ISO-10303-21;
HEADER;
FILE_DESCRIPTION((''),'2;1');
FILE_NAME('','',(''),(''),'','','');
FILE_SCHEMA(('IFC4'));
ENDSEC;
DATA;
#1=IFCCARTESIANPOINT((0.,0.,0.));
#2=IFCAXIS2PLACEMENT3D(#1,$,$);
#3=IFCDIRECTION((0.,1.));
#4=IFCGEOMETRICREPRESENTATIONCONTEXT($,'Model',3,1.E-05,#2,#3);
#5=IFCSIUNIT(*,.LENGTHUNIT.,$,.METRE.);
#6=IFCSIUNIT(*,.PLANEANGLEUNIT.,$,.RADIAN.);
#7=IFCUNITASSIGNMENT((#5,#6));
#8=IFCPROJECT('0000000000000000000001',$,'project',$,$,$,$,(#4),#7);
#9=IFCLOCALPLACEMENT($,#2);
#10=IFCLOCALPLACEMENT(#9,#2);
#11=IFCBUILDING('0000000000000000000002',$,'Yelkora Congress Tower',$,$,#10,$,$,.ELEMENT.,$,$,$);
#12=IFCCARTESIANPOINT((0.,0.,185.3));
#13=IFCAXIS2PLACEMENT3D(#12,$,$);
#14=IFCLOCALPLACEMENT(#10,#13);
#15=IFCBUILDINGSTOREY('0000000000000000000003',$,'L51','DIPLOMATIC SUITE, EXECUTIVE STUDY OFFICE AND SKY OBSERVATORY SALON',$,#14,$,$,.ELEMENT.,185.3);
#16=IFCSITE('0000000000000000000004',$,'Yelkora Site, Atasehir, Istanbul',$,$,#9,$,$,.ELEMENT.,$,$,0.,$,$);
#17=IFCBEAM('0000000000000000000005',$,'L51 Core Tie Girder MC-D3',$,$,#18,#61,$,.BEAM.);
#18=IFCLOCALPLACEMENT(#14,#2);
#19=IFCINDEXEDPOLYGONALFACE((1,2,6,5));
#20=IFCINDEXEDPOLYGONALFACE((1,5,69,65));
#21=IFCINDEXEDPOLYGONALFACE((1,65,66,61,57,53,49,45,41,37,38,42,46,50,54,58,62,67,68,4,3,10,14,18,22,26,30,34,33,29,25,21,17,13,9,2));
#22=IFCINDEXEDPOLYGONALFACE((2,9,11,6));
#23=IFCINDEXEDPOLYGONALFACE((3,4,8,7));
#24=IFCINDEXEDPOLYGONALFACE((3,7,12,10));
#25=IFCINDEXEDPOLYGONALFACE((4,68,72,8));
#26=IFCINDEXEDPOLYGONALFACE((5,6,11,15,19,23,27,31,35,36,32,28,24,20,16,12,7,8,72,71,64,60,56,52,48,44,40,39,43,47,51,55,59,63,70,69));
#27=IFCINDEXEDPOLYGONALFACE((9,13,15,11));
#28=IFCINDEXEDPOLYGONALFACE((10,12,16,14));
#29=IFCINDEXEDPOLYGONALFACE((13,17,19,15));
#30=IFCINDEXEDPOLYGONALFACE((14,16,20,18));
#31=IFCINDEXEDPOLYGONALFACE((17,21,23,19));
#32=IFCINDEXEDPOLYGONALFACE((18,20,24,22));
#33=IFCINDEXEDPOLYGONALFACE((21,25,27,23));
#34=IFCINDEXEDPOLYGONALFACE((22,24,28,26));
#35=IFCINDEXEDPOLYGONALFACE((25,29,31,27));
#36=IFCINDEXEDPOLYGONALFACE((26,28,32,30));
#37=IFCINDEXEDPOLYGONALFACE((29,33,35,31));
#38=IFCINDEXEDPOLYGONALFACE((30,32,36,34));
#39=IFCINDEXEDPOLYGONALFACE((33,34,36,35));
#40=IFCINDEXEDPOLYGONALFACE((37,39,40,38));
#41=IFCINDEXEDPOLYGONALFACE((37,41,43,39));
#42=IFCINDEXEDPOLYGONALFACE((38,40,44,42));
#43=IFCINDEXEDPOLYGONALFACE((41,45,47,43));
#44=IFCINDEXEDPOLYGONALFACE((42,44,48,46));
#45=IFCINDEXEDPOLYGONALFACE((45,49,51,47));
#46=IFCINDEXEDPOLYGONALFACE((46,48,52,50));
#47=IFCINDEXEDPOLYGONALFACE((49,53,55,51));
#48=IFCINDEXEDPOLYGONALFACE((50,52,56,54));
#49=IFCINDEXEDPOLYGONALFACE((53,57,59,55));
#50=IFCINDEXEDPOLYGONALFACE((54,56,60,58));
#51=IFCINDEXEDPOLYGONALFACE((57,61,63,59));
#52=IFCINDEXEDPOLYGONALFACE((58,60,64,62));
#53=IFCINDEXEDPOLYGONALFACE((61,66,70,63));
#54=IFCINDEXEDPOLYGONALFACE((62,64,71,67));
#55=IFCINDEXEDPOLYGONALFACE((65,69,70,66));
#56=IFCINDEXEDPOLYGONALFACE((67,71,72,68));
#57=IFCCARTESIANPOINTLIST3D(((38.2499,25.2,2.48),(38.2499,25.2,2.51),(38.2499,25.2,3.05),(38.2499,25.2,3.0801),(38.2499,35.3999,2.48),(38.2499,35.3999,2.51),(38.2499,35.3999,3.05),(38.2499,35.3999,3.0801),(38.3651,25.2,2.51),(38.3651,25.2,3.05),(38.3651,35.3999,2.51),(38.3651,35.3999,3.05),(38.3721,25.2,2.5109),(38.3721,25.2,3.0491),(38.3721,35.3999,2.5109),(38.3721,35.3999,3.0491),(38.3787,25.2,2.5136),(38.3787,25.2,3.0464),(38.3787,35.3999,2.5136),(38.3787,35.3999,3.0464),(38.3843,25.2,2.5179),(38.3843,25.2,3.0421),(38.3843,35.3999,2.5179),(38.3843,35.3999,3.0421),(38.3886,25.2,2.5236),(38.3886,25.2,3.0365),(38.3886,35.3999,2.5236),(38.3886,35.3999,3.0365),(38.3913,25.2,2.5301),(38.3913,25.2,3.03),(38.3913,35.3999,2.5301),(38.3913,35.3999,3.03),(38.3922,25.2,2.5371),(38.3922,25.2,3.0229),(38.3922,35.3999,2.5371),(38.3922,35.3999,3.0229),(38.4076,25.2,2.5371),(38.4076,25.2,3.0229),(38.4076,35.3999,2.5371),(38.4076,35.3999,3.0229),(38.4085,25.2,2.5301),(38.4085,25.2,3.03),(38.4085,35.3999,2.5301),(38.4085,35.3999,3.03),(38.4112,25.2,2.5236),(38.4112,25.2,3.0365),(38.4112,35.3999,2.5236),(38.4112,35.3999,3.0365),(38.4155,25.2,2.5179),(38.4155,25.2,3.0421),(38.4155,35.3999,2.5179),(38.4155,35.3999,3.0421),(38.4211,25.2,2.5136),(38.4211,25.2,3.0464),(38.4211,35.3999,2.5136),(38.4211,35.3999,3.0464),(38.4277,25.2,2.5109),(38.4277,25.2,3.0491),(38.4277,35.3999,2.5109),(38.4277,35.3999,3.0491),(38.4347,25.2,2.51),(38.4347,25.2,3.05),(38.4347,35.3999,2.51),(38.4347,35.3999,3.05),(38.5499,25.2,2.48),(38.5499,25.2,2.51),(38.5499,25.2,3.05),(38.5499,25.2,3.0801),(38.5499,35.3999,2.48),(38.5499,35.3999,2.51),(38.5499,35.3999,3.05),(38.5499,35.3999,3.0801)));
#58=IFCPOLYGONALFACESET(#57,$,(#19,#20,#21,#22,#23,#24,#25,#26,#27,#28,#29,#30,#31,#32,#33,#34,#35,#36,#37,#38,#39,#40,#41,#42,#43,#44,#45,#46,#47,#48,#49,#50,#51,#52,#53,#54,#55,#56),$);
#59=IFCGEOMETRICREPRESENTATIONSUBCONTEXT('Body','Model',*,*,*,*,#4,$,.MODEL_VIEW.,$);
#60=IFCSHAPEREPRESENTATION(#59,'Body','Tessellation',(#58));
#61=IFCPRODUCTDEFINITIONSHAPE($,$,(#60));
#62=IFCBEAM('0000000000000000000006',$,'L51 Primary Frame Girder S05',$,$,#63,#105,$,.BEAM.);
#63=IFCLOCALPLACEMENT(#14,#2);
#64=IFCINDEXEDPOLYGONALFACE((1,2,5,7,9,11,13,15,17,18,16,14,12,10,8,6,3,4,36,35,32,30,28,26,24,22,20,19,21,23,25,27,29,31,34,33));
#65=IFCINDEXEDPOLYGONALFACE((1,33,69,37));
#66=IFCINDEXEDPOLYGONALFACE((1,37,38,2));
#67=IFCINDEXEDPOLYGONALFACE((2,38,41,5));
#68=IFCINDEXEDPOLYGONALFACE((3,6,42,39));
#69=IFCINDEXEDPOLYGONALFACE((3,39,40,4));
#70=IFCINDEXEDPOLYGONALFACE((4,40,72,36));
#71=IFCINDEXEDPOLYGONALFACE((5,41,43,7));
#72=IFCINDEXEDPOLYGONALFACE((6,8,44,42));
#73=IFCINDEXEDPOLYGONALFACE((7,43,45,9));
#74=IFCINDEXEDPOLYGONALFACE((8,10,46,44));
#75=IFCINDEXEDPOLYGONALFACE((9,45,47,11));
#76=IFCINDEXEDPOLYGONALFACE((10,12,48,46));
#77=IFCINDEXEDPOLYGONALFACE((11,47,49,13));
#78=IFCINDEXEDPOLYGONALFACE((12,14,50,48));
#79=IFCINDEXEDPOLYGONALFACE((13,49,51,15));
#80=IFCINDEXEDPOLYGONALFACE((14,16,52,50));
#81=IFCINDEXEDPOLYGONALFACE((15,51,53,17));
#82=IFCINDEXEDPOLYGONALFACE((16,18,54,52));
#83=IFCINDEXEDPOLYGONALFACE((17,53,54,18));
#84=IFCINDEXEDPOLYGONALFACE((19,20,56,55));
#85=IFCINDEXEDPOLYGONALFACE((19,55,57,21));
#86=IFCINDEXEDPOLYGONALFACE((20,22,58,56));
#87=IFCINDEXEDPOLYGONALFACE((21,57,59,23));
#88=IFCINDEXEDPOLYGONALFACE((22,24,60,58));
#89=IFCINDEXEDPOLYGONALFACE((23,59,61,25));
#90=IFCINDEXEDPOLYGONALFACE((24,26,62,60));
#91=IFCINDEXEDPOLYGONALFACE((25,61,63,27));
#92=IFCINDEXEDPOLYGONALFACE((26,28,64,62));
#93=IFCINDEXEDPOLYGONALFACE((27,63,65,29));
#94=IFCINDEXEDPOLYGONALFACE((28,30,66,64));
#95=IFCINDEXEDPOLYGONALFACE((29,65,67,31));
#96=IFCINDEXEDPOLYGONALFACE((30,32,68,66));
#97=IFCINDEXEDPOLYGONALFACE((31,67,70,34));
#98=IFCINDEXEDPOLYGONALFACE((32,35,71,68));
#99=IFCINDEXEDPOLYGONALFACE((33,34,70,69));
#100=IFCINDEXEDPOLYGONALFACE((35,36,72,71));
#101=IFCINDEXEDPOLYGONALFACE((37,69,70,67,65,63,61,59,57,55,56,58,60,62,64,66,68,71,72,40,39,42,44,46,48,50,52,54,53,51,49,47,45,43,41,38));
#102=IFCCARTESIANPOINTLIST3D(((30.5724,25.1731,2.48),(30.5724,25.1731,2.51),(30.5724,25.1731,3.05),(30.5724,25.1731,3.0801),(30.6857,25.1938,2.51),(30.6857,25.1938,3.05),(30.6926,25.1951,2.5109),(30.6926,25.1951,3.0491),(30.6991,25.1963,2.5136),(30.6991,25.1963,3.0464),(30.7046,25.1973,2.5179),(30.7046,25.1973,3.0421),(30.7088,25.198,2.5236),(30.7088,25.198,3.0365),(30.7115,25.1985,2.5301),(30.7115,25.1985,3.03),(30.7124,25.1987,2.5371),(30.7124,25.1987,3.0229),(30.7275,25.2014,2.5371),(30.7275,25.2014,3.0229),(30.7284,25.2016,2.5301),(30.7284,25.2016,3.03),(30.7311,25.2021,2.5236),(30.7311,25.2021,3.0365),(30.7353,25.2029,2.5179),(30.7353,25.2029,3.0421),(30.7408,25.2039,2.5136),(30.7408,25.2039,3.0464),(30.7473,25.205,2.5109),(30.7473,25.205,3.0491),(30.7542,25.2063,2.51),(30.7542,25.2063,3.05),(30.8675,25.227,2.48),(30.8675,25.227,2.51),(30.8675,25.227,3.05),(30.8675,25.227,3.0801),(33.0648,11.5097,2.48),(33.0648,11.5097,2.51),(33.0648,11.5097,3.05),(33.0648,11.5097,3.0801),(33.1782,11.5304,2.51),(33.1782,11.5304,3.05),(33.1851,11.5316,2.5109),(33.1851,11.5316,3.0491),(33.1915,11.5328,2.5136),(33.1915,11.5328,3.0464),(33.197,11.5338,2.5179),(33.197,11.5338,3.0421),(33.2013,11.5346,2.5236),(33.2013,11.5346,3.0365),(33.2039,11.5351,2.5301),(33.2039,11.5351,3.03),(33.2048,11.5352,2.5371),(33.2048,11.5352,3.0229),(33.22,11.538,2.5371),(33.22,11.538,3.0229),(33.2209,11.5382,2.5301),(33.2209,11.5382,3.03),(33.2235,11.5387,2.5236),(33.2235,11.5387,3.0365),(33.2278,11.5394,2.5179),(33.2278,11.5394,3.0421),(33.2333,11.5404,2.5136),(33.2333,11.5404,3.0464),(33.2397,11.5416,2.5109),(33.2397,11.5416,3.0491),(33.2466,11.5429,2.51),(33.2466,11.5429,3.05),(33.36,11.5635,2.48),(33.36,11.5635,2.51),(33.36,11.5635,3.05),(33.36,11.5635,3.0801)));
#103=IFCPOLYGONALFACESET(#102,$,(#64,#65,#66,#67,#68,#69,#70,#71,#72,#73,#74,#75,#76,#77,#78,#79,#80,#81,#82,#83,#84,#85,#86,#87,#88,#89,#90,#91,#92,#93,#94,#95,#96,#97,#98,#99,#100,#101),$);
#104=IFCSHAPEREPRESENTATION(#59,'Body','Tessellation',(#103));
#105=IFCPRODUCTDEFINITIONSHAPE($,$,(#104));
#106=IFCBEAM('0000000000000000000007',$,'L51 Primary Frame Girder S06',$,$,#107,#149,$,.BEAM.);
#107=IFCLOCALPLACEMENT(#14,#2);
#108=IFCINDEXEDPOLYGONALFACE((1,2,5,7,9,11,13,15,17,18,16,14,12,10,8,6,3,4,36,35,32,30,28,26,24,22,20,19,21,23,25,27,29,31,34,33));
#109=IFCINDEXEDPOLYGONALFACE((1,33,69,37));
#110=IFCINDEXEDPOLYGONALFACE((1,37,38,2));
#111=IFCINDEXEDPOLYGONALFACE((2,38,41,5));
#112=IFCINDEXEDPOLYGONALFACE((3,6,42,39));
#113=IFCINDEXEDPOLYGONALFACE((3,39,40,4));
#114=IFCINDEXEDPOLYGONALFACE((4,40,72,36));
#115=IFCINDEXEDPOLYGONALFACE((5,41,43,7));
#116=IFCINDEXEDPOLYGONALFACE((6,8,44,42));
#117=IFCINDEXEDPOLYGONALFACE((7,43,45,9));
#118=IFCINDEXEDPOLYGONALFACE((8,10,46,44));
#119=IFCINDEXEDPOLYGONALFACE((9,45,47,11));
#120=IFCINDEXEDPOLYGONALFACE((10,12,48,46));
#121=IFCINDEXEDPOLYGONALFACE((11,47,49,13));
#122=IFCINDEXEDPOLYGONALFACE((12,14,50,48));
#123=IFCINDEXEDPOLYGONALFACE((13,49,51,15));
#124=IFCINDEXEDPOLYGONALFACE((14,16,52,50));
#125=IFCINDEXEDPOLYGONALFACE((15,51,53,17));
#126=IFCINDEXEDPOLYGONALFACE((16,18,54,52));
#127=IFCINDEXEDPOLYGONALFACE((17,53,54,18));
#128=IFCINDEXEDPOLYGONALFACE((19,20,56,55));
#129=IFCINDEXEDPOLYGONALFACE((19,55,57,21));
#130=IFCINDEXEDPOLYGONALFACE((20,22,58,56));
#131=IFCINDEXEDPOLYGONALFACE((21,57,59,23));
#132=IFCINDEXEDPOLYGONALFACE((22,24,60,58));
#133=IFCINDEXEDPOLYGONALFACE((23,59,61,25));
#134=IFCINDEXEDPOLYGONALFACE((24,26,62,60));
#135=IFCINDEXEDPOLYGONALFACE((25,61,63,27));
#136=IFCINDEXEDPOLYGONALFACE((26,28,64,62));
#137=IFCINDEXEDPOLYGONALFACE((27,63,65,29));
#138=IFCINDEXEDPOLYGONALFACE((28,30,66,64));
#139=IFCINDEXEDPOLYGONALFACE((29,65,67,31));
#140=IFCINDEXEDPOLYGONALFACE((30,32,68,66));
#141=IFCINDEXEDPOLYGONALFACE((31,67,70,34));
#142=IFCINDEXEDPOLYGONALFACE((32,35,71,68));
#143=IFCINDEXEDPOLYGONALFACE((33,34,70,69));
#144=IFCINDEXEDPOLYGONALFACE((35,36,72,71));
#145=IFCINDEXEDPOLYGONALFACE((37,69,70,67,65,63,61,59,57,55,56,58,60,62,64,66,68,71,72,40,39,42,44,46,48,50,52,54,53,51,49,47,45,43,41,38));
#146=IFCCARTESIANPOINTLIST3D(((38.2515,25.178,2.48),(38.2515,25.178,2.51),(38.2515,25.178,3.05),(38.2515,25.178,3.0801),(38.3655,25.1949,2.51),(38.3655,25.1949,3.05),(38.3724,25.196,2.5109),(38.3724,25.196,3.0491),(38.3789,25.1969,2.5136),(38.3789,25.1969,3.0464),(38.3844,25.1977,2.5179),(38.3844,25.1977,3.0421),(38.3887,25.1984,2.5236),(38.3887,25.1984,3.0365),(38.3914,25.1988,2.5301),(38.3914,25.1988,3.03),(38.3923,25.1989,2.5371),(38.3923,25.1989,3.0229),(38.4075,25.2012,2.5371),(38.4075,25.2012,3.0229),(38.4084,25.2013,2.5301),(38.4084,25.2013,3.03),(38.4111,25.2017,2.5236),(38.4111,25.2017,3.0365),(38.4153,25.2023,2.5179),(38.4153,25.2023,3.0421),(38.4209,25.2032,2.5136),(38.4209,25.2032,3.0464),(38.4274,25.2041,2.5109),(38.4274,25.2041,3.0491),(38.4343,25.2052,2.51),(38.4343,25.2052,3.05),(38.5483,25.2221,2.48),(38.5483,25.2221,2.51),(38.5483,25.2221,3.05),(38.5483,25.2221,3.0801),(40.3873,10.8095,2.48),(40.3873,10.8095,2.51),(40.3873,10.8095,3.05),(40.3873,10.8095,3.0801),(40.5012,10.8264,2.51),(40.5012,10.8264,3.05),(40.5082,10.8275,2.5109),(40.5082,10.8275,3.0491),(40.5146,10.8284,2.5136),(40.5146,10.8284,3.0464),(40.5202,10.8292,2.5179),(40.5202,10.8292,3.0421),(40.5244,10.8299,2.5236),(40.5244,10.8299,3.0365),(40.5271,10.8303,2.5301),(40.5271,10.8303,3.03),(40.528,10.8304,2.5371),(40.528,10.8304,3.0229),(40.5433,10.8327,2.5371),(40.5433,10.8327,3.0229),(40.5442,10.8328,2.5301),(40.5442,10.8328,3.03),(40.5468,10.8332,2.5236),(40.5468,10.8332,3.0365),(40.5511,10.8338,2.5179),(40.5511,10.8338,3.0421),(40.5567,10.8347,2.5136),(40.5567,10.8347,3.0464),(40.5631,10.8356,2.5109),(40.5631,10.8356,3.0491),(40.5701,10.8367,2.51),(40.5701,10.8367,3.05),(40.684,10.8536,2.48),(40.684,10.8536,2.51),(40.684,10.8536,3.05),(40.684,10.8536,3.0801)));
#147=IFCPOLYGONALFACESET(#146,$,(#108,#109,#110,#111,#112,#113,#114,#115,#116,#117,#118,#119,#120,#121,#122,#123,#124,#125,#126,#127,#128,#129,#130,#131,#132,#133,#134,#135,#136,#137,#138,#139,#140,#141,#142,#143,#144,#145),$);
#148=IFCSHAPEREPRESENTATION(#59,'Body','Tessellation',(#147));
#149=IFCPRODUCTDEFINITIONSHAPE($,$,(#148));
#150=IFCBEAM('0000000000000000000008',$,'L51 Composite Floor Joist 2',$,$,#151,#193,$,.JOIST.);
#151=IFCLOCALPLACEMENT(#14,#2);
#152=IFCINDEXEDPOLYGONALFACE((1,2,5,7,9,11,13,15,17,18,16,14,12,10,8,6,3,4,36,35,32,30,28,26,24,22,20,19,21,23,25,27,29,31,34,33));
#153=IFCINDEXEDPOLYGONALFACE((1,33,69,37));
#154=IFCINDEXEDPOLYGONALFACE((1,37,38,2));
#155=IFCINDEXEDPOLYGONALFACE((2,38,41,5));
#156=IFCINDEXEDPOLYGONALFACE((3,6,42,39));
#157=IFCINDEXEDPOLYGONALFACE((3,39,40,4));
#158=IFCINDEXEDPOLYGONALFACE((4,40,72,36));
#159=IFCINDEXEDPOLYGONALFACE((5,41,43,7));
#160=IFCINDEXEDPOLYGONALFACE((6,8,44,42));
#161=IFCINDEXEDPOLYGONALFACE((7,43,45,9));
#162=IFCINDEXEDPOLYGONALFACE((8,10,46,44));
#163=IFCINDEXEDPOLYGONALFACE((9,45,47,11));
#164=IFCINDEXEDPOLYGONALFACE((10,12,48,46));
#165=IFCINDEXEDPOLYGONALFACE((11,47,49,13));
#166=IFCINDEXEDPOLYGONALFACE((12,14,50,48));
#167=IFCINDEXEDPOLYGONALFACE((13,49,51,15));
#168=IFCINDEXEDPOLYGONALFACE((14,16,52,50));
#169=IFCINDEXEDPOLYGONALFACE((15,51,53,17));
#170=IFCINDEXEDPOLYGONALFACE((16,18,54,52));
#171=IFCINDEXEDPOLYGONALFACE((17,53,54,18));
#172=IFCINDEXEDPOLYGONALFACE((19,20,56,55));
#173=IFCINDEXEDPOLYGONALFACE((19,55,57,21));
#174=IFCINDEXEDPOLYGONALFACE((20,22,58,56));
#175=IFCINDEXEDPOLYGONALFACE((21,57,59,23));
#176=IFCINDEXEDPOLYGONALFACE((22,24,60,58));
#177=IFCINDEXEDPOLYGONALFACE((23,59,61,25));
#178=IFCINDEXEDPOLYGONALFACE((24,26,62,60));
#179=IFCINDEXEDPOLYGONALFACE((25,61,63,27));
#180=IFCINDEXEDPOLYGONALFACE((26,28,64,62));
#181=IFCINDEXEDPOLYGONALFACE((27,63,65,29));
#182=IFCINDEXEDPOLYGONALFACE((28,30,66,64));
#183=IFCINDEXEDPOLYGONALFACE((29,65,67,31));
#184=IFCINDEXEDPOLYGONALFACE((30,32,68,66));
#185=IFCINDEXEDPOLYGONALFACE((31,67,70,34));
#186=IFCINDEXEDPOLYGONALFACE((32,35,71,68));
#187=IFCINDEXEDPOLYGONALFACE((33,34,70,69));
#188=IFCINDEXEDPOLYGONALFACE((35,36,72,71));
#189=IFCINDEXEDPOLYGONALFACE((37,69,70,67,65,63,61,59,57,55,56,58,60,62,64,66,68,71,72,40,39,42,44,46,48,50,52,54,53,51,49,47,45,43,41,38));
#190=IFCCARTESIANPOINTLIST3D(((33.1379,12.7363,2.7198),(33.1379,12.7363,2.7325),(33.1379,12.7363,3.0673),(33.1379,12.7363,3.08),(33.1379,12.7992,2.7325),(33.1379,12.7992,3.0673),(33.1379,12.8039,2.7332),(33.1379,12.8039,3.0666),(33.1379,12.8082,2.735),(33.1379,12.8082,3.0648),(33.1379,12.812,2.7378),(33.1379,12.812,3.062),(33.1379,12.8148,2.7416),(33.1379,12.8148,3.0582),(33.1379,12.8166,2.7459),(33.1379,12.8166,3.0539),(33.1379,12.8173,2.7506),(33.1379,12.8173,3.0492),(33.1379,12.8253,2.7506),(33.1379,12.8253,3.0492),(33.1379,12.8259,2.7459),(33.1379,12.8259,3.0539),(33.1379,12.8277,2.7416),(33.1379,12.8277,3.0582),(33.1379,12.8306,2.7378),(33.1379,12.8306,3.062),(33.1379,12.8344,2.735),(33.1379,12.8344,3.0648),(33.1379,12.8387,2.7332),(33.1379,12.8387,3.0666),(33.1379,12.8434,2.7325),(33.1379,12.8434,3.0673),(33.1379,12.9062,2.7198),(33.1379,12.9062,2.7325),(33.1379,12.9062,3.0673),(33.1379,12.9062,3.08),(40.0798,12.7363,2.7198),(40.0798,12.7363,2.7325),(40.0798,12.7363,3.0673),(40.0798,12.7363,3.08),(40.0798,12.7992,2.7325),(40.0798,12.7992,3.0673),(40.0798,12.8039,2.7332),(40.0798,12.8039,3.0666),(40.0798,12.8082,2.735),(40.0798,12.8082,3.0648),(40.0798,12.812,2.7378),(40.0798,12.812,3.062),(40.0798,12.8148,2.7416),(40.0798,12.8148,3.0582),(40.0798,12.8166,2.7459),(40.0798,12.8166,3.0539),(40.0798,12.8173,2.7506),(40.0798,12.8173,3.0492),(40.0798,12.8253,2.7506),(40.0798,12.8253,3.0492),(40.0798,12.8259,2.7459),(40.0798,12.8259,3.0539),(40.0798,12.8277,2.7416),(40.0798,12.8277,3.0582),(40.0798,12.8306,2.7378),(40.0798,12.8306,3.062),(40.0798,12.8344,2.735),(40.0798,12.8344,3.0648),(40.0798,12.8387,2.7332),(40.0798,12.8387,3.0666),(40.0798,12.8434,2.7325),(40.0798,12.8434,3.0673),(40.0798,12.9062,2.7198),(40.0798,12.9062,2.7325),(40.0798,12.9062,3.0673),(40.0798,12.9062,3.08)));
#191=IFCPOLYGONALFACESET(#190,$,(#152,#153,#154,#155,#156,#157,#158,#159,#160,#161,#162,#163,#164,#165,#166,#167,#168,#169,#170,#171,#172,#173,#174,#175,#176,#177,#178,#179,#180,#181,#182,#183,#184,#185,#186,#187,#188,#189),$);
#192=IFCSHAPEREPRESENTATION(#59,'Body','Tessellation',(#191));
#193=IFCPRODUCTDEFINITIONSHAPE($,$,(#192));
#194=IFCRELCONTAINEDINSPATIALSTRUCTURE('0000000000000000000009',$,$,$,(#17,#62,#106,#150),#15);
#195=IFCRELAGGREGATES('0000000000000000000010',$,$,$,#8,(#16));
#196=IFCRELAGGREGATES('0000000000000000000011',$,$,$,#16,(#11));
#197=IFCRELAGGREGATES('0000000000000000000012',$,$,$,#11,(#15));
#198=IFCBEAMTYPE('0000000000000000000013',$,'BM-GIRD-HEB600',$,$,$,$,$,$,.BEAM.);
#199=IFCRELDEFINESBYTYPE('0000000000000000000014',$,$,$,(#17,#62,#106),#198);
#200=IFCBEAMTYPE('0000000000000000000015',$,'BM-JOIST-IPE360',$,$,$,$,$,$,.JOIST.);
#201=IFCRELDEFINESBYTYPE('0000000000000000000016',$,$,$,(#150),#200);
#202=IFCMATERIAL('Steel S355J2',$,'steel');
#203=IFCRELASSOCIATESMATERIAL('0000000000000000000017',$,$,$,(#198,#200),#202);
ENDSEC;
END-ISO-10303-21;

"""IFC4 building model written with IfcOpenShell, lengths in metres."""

from ifc_helpers import new_model, si_unit, direction, frame, origin, origin_2d, place, context, subcontext, project, spatial, i_section, extrude, material, material_profile, profile_set, type_object, element, save


model = new_model("IFC4")

# Units and contexts
model_context = context("Model", 3, precision=1e-05, world=origin(), true_north=direction((0.0, 1.0)))
body_context = subcontext(model_context, "Body", "Model", "MODEL_VIEW")
ifc_project = project(units=[si_unit("LENGTHUNIT", "METRE"), si_unit("PLANEANGLEUNIT", "RADIAN")], contexts=[model_context])

# Site, building, storey
site_placement = place(None, origin())
site = spatial("IfcSite", under=ifc_project, at=site_placement, Name="Yelkora Site, Atasehir, Istanbul", CompositionType="ELEMENT", RefElevation=0.0)
building_placement = place(site_placement, origin())
building = spatial("IfcBuilding", under=site, at=building_placement, Name="Yelkora Congress Tower", CompositionType="ELEMENT")
storey_placement = place(building_placement, frame((0.0, 0.0, 185.3)))
storey = spatial("IfcBuildingStorey", under=building, at=storey_placement, Name="L51", Description="DIPLOMATIC SUITE, EXECUTIVE STUDY OFFICE AND SKY OBSERVATORY SALON", CompositionType="ELEMENT", Elevation=185.3)

# Beams
ifc_material_1 = material(Name="Steel S355J2", Category="steel")
ifc_material_profile_1 = material_profile(ifc_material_1, i_section(OverallWidth=0.3, OverallDepth=0.6001, WebThickness=0.0154, FlangeThickness=0.03, FilletRadius=0.0271, at=origin_2d()), Name="HEB 600")
ifc_profile_set_1 = profile_set([ifc_material_profile_1], Name="Steel S355J2")
beam_type_1 = type_object("IfcBeamType", Name="BM-GIRD-HEB600", PredefinedType="BEAM", material=ifc_profile_set_1)
beam_1_placement = place(storey_placement, frame((38.3999, 25.2, 2.78), z_axis=(0.0, 1.0, 0.0), x_axis=(-1.0, 0.0, 0.0)))
element("IfcBeam", 1, at=beam_1_placement, inside=storey, type_object=beam_type_1, Name="L51 Core Tie Girder MC-D3", PredefinedType="BEAM", context=body_context, shape_type="SweptSolid", body=[
    extrude(i_section(OverallWidth=0.3, OverallDepth=0.6001, WebThickness=0.0154, FlangeThickness=0.03, FilletRadius=0.0271, at=origin_2d()), origin(), (0.0, 0.0, 1.0), 10.2),
])
beam_2_placement = place(storey_placement, frame((33.2124, 11.5366, 2.78), z_axis=(-0.179456, 0.983766, 0.0), x_axis=(-0.983766, -0.179456, 0.0)))
element("IfcBeam", 2, at=beam_2_placement, inside=storey, type_object=beam_type_1, Name="L51 Primary Frame Girder S05", PredefinedType="BEAM", context=body_context, shape_type="SweptSolid", body=[
    extrude(i_section(OverallWidth=0.3, OverallDepth=0.6001, WebThickness=0.0154, FlangeThickness=0.03, FilletRadius=0.0271, at=origin_2d()), origin(), (0.0, 0.0, 1.0), 13.8889),
])
beam_3_placement = place(storey_placement, frame((40.5356, 10.8315, 2.78), z_axis=(-0.147026, 0.989133, 0.0), x_axis=(-0.989133, -0.147026, 0.0)))
element("IfcBeam", 3, at=beam_3_placement, inside=storey, type_object=beam_type_1, Name="L51 Primary Frame Girder S06", PredefinedType="BEAM", context=body_context, shape_type="SweptSolid", body=[
    extrude(i_section(OverallWidth=0.3, OverallDepth=0.6001, WebThickness=0.0154, FlangeThickness=0.03, FilletRadius=0.0271, at=origin_2d()), origin(), (0.0, 0.0, 1.0), 14.5264),
])
ifc_material_profile_2 = material_profile(ifc_material_1, i_section(OverallWidth=0.1699, OverallDepth=0.3601, WebThickness=0.0081, FlangeThickness=0.0127, FilletRadius=0.0181, at=origin_2d()), Name="IPE 360")
ifc_profile_set_2 = profile_set([ifc_material_profile_2], Name="Steel S355J2")
beam_type_2 = type_object("IfcBeamType", Name="BM-JOIST-IPE360", PredefinedType="JOIST", material=ifc_profile_set_2)
beam_4_placement = place(storey_placement, frame((33.1379, 12.8213, 2.8999), z_axis=(1.0, 0.0, 0.0), x_axis=(0.0, 1.0, 0.0)))
element("IfcBeam", 4, at=beam_4_placement, inside=storey, type_object=beam_type_2, Name="L51 Composite Floor Joist 2", PredefinedType="JOIST", context=body_context, shape_type="SweptSolid", body=[
    extrude(i_section(OverallWidth=0.1699, OverallDepth=0.3601, WebThickness=0.0081, FlangeThickness=0.0127, FilletRadius=0.0181, at=origin_2d()), origin(), (0.0, 0.0, 1.0), 6.9419),
])

save(model, "model.ifc")
